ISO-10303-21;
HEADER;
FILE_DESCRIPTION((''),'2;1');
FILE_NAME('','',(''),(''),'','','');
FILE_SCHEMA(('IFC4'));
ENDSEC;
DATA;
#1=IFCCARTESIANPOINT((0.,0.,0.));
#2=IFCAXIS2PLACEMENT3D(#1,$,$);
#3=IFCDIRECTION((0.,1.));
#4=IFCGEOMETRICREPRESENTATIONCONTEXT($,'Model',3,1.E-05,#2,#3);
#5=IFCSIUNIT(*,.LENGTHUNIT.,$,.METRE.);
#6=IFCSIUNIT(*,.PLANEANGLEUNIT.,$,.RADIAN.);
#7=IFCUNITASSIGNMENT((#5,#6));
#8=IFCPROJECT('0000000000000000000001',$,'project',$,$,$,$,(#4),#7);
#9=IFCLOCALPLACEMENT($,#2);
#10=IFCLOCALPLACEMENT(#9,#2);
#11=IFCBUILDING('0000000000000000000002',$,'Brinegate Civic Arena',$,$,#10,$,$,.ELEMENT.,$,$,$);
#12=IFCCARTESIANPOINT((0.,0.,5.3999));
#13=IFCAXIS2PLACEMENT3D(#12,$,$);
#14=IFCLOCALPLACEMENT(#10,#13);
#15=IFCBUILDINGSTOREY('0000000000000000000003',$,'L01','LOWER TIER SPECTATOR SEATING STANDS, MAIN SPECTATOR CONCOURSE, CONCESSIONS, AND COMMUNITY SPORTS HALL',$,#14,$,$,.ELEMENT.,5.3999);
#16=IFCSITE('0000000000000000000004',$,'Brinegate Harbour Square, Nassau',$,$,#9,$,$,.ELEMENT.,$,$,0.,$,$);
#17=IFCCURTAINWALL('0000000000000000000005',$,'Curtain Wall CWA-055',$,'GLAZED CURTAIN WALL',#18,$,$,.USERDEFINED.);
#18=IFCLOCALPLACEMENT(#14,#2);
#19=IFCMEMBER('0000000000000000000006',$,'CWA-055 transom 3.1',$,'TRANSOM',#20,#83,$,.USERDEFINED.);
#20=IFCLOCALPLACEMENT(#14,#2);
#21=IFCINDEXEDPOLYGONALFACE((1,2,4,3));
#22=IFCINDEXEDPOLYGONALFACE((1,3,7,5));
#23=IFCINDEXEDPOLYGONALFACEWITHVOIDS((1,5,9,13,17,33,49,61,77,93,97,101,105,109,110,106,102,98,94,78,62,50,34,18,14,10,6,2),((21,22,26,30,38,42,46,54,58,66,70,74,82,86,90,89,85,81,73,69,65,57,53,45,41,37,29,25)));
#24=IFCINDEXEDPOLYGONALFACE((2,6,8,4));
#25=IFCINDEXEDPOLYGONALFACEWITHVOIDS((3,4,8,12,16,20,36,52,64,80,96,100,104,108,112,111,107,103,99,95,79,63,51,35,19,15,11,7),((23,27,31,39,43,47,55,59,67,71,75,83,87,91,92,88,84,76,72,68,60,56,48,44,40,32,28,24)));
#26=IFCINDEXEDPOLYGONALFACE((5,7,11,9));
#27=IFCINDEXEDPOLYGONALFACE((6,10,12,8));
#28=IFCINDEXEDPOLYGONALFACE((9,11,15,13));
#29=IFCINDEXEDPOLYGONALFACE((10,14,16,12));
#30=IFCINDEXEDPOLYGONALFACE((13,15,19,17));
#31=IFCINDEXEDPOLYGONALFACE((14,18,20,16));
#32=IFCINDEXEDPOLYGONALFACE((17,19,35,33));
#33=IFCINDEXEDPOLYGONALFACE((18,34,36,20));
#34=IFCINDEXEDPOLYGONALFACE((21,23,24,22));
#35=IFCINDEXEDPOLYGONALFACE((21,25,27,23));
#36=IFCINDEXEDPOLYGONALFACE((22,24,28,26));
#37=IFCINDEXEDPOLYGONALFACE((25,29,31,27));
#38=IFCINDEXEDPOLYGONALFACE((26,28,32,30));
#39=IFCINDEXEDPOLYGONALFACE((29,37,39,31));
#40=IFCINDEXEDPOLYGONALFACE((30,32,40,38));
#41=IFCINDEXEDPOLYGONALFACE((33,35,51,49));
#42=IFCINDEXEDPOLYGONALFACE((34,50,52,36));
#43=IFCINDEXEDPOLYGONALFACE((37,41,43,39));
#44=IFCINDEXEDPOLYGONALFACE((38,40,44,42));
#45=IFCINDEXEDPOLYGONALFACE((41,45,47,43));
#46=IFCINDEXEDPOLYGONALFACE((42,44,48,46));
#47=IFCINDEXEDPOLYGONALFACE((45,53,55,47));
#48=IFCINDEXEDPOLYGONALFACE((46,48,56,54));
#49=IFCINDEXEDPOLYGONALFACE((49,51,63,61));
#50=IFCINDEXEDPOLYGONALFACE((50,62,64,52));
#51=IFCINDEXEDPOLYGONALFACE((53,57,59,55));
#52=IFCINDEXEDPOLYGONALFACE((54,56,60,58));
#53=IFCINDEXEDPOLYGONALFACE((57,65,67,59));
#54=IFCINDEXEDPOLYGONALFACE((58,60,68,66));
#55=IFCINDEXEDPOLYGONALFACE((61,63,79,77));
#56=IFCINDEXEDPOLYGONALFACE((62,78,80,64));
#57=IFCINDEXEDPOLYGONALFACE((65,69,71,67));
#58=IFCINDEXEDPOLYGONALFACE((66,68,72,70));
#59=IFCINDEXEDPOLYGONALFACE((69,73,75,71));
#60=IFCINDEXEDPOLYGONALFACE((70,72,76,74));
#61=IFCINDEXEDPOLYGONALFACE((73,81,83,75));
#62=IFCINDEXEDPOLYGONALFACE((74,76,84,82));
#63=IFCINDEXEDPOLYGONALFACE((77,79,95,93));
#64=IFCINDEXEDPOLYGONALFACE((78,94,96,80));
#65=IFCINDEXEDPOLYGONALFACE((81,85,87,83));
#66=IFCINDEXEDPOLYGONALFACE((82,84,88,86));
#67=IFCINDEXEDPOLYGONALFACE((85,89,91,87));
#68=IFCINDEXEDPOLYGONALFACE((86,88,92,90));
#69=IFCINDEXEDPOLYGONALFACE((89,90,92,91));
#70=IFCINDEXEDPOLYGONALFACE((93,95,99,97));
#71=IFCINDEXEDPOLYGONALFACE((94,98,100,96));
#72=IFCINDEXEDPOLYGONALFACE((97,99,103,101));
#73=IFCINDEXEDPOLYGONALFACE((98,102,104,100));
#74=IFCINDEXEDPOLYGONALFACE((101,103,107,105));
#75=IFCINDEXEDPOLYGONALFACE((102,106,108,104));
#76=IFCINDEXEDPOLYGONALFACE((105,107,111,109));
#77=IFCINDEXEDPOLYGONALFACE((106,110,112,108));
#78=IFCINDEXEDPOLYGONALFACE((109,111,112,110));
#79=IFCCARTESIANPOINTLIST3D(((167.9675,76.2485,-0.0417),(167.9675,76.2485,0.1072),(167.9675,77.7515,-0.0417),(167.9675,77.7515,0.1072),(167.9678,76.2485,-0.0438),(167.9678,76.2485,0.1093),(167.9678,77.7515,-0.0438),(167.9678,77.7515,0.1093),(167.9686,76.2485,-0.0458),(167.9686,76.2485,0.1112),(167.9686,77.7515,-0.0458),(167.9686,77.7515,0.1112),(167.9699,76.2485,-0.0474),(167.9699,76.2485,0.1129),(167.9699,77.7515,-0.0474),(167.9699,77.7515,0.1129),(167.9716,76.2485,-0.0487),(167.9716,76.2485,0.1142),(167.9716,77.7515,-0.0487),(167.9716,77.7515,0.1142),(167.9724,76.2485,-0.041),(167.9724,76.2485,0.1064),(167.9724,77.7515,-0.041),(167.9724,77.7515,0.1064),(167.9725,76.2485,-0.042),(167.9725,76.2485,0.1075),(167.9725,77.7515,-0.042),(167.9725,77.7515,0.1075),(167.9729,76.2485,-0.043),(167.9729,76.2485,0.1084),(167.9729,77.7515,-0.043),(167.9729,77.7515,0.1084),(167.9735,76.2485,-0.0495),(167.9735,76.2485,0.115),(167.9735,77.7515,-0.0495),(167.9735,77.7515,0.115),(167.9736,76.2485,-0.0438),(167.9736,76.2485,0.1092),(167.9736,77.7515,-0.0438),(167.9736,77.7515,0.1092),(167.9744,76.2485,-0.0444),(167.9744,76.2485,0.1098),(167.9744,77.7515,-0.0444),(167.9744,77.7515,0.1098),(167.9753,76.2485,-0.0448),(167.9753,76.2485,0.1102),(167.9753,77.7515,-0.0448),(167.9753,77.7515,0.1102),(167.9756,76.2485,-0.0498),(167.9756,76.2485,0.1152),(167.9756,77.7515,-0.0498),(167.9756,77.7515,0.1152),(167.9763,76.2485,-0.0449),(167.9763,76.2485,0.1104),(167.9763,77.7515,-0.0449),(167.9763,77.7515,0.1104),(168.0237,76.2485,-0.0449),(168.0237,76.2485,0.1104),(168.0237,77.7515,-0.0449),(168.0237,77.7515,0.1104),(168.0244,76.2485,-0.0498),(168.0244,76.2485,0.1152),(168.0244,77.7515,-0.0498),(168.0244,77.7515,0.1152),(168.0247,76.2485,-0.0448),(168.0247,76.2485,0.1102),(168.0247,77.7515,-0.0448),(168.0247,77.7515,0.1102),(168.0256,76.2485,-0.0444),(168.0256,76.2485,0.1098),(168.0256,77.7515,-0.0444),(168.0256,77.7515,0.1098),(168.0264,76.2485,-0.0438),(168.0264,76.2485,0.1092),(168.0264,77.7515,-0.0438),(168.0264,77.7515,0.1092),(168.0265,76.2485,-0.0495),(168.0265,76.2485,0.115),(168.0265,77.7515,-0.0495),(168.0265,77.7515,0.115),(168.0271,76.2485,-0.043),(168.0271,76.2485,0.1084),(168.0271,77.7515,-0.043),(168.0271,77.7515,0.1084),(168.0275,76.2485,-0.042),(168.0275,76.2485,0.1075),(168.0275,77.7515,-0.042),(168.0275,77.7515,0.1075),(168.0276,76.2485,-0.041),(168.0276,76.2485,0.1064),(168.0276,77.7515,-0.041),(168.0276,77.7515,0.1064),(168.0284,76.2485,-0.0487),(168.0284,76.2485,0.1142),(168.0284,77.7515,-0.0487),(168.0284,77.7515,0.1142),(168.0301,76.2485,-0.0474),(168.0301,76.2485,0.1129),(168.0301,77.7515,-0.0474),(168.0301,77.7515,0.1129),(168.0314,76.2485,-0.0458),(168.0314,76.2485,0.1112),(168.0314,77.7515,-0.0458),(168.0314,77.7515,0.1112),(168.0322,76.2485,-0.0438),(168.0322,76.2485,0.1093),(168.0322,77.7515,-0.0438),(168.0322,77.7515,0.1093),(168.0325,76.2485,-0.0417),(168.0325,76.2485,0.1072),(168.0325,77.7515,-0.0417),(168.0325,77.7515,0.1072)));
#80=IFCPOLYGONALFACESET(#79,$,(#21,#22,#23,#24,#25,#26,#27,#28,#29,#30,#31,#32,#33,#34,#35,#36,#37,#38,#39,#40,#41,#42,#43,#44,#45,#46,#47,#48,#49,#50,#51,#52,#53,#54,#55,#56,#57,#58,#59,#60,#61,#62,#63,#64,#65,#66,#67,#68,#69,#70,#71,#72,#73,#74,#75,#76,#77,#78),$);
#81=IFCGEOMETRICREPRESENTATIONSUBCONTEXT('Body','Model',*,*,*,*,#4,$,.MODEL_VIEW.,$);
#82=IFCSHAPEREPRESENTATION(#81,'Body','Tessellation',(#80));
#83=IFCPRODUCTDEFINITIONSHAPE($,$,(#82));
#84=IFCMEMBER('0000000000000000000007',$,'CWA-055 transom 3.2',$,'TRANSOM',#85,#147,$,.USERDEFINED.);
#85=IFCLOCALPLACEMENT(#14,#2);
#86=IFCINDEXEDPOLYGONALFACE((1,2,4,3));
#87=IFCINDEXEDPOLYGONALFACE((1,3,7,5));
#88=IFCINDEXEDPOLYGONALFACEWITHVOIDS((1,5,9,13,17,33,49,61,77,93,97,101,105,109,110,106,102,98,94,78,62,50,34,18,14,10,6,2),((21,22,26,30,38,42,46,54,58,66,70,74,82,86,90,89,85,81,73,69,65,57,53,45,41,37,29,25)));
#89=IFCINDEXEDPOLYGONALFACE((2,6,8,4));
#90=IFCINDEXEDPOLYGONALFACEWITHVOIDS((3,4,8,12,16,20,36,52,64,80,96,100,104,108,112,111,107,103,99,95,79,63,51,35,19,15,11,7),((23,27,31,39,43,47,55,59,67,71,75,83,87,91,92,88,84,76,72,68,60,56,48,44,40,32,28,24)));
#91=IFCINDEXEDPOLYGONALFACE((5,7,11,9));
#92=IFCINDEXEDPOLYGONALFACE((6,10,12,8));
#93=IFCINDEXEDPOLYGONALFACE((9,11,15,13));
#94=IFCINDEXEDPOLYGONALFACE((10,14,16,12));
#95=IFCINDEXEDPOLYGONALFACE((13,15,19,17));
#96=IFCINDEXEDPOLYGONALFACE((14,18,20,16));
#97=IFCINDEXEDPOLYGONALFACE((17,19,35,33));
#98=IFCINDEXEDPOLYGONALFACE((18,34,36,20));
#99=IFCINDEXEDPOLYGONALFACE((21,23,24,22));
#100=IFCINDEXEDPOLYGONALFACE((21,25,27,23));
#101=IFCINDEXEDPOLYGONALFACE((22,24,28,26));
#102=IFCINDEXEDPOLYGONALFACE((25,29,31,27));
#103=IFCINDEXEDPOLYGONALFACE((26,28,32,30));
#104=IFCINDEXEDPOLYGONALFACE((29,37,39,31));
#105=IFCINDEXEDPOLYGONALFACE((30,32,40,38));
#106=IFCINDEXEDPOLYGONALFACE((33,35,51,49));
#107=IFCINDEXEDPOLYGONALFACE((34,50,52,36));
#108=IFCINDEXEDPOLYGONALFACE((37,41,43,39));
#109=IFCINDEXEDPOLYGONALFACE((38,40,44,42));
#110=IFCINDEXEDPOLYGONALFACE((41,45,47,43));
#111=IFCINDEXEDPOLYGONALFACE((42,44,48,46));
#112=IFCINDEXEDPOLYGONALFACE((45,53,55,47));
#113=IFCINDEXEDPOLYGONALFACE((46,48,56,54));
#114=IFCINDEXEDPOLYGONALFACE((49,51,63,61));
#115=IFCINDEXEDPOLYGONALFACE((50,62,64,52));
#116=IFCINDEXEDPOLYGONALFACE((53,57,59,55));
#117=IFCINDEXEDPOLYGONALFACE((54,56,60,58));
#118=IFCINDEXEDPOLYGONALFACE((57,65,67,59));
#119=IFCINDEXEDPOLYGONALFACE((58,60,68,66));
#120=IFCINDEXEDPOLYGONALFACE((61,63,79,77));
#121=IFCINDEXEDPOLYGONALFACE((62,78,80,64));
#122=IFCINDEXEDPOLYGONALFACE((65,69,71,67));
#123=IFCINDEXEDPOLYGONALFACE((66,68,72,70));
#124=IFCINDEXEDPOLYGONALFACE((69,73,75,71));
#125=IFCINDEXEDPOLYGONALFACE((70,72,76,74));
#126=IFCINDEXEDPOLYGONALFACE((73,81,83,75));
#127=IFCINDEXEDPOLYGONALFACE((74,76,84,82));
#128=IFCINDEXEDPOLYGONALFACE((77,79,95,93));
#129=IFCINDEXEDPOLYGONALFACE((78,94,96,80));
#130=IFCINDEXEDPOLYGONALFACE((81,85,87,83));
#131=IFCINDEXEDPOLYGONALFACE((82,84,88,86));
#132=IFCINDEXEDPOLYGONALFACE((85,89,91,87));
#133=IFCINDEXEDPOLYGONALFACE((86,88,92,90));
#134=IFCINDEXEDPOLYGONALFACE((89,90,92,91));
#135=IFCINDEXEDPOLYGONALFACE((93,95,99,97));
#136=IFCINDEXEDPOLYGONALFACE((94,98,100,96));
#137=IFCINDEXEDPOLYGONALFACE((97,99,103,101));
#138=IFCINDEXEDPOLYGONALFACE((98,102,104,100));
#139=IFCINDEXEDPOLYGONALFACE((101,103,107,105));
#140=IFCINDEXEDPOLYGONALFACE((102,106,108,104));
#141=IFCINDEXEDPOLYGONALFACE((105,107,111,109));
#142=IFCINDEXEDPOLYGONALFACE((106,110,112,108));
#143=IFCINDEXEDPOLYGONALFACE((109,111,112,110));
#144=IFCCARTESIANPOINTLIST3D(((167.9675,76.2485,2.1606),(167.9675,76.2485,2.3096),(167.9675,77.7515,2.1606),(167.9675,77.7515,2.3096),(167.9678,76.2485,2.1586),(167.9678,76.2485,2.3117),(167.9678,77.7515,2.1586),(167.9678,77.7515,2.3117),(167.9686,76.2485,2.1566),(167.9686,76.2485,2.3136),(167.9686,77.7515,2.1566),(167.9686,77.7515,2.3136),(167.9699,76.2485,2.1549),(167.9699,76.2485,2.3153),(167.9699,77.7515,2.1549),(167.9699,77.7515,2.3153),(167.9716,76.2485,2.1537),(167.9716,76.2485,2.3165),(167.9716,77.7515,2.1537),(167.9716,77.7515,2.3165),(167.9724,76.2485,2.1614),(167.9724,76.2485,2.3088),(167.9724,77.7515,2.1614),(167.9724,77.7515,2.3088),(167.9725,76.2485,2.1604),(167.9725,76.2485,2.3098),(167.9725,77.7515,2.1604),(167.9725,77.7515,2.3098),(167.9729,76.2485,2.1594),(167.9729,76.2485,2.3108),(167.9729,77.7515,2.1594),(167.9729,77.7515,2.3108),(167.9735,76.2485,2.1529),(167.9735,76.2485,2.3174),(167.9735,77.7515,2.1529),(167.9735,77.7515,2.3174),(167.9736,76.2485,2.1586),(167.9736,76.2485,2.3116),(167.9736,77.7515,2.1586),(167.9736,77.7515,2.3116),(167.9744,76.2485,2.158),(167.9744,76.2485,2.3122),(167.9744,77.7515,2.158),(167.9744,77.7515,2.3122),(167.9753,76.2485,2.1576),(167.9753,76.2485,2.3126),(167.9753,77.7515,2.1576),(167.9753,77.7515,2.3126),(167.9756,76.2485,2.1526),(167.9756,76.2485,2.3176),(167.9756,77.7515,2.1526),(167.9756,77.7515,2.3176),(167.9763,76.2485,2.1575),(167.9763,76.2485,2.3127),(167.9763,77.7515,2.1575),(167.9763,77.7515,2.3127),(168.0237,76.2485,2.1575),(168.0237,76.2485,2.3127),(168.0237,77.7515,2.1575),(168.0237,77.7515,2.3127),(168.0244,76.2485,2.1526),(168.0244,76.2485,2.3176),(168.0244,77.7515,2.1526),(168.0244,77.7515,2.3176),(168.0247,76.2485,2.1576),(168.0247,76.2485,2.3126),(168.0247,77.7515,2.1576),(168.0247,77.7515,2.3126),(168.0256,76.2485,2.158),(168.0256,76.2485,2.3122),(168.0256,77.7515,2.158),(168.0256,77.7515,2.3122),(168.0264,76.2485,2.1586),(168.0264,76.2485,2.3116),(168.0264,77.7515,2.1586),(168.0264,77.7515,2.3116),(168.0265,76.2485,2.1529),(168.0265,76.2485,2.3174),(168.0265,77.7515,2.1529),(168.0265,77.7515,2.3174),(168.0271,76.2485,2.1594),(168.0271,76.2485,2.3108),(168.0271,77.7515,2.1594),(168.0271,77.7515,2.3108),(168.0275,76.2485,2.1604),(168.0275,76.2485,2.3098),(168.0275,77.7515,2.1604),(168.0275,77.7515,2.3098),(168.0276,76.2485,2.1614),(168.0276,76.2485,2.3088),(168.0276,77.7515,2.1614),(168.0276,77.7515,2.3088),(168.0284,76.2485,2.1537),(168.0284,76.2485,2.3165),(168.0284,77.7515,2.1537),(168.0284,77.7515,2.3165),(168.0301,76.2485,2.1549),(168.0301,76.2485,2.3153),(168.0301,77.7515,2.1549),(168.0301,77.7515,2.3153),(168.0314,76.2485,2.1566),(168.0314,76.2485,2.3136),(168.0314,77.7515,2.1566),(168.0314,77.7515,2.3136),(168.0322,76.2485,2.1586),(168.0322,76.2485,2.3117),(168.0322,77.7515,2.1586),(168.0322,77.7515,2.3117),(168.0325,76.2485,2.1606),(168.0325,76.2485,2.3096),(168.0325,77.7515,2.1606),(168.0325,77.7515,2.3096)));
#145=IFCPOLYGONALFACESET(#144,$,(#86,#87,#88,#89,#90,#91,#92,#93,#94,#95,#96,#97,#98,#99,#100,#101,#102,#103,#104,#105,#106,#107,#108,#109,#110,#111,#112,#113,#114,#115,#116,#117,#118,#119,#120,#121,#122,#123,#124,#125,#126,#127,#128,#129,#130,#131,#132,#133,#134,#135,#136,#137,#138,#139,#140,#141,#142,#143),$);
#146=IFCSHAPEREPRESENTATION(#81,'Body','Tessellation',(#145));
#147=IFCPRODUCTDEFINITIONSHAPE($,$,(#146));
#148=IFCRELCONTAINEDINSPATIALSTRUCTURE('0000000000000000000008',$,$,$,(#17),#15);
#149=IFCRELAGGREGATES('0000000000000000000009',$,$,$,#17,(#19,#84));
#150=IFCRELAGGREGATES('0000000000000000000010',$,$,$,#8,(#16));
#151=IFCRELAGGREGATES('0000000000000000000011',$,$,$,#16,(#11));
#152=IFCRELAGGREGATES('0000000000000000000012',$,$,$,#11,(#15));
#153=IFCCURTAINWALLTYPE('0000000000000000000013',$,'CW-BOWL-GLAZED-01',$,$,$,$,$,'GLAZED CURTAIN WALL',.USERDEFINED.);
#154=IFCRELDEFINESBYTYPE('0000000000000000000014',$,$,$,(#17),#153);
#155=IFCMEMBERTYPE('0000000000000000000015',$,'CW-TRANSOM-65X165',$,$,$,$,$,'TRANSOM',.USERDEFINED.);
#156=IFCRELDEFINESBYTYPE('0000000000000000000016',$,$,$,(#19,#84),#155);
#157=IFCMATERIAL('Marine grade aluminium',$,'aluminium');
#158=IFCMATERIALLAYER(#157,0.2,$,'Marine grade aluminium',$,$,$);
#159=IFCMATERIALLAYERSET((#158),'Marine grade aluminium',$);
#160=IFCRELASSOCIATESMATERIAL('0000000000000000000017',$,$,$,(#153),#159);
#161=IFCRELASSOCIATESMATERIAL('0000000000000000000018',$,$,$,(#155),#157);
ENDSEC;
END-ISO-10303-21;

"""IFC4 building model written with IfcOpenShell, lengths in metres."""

from ifc_helpers import new_model, si_unit, direction, frame, origin, origin_2d, place, context, subcontext, project, spatial, hollow_rectangle, extrude, material, layer, layer_set, material_profile, profile_set, type_object, element, aggregate, save


model = new_model("IFC4")

# Units and contexts
model_context = context("Model", 3, precision=1e-05, world=origin(), true_north=direction((0.0, 1.0)))
body_context = subcontext(model_context, "Body", "Model", "MODEL_VIEW")
ifc_project = project(units=[si_unit("LENGTHUNIT", "METRE"), si_unit("PLANEANGLEUNIT", "RADIAN")], contexts=[model_context])

# Site, building, storey
site_placement = place(None, origin())
site = spatial("IfcSite", under=ifc_project, at=site_placement, Name="Brinegate Harbour Square, Nassau", CompositionType="ELEMENT", RefElevation=0.0)
building_placement = place(site_placement, origin())
building = spatial("IfcBuilding", under=site, at=building_placement, Name="Brinegate Civic Arena", CompositionType="ELEMENT")
storey_placement = place(building_placement, frame((0.0, 0.0, 5.3999)))
storey = spatial("IfcBuildingStorey", under=building, at=storey_placement, Name="L01", Description="LOWER TIER SPECTATOR SEATING STANDS, MAIN SPECTATOR CONCOURSE, CONCESSIONS, AND COMMUNITY SPORTS HALL", CompositionType="ELEMENT", Elevation=5.3999)

# Curtain wall, members
ifc_material_1 = material(Name="Marine grade aluminium", Category="aluminium")
ifc_layer_1 = layer(ifc_material_1, 0.2, Name="Marine grade aluminium")
ifc_layer_set_1 = layer_set([ifc_layer_1], Name="Marine grade aluminium")
curtain_wall_type = type_object("IfcCurtainWallType", Name="CW-BOWL-GLAZED-01", ElementType="GLAZED CURTAIN WALL", PredefinedType="USERDEFINED", material=ifc_layer_set_1)
curtain_wall_placement = place(storey_placement, origin())
curtain_wall = element("IfcCurtainWall", 1, at=curtain_wall_placement, inside=storey, type_object=curtain_wall_type, Name="Curtain Wall CWA-055", ObjectType="GLAZED CURTAIN WALL", PredefinedType="USERDEFINED")
ifc_material_profile_1 = material_profile(ifc_material_1, hollow_rectangle(XDim=0.0649, YDim=0.165, WallThickness=0.0049, InnerFilletRadius=0.0039, OuterFilletRadius=0.0081, at=origin_2d()), Name="TRN65X165")
ifc_profile_set_1 = profile_set([ifc_material_profile_1], Name="Marine grade aluminium")
member_type_1 = type_object("IfcMemberType", Name="CW-TRANSOM-65X165", ElementType="TRANSOM", PredefinedType="USERDEFINED", material=ifc_profile_set_1)
member_1_placement = place(storey_placement, frame((168.0, 76.2485, 0.0327), z_axis=(0.0, 1.0, 0.0), x_axis=(-1.0, 0.0, 0.0)))
member_1 = element("IfcMember", 2, at=member_1_placement, type_object=member_type_1, Name="CWA-055 transom 3.1", ObjectType="TRANSOM", PredefinedType="USERDEFINED", context=body_context, shape_type="SweptSolid", body=[
    extrude(hollow_rectangle(XDim=0.0649, YDim=0.165, WallThickness=0.0049, InnerFilletRadius=0.0039, OuterFilletRadius=0.0081, at=origin_2d()), origin(), (0.0, 0.0, 1.0), 1.5029),
])
member_2_placement = place(storey_placement, frame((168.0, 76.2485, 2.2351), z_axis=(0.0, 1.0, 0.0), x_axis=(-1.0, 0.0, 0.0)))
member_2 = element("IfcMember", 3, at=member_2_placement, type_object=member_type_1, Name="CWA-055 transom 3.2", ObjectType="TRANSOM", PredefinedType="USERDEFINED", context=body_context, shape_type="SweptSolid", body=[
    extrude(hollow_rectangle(XDim=0.0649, YDim=0.165, WallThickness=0.0049, InnerFilletRadius=0.0039, OuterFilletRadius=0.0081, at=origin_2d()), origin(), (0.0, 0.0, 1.0), 1.5029),
])
aggregate(curtain_wall, [member_1, member_2])

save(model, "model.ifc")
